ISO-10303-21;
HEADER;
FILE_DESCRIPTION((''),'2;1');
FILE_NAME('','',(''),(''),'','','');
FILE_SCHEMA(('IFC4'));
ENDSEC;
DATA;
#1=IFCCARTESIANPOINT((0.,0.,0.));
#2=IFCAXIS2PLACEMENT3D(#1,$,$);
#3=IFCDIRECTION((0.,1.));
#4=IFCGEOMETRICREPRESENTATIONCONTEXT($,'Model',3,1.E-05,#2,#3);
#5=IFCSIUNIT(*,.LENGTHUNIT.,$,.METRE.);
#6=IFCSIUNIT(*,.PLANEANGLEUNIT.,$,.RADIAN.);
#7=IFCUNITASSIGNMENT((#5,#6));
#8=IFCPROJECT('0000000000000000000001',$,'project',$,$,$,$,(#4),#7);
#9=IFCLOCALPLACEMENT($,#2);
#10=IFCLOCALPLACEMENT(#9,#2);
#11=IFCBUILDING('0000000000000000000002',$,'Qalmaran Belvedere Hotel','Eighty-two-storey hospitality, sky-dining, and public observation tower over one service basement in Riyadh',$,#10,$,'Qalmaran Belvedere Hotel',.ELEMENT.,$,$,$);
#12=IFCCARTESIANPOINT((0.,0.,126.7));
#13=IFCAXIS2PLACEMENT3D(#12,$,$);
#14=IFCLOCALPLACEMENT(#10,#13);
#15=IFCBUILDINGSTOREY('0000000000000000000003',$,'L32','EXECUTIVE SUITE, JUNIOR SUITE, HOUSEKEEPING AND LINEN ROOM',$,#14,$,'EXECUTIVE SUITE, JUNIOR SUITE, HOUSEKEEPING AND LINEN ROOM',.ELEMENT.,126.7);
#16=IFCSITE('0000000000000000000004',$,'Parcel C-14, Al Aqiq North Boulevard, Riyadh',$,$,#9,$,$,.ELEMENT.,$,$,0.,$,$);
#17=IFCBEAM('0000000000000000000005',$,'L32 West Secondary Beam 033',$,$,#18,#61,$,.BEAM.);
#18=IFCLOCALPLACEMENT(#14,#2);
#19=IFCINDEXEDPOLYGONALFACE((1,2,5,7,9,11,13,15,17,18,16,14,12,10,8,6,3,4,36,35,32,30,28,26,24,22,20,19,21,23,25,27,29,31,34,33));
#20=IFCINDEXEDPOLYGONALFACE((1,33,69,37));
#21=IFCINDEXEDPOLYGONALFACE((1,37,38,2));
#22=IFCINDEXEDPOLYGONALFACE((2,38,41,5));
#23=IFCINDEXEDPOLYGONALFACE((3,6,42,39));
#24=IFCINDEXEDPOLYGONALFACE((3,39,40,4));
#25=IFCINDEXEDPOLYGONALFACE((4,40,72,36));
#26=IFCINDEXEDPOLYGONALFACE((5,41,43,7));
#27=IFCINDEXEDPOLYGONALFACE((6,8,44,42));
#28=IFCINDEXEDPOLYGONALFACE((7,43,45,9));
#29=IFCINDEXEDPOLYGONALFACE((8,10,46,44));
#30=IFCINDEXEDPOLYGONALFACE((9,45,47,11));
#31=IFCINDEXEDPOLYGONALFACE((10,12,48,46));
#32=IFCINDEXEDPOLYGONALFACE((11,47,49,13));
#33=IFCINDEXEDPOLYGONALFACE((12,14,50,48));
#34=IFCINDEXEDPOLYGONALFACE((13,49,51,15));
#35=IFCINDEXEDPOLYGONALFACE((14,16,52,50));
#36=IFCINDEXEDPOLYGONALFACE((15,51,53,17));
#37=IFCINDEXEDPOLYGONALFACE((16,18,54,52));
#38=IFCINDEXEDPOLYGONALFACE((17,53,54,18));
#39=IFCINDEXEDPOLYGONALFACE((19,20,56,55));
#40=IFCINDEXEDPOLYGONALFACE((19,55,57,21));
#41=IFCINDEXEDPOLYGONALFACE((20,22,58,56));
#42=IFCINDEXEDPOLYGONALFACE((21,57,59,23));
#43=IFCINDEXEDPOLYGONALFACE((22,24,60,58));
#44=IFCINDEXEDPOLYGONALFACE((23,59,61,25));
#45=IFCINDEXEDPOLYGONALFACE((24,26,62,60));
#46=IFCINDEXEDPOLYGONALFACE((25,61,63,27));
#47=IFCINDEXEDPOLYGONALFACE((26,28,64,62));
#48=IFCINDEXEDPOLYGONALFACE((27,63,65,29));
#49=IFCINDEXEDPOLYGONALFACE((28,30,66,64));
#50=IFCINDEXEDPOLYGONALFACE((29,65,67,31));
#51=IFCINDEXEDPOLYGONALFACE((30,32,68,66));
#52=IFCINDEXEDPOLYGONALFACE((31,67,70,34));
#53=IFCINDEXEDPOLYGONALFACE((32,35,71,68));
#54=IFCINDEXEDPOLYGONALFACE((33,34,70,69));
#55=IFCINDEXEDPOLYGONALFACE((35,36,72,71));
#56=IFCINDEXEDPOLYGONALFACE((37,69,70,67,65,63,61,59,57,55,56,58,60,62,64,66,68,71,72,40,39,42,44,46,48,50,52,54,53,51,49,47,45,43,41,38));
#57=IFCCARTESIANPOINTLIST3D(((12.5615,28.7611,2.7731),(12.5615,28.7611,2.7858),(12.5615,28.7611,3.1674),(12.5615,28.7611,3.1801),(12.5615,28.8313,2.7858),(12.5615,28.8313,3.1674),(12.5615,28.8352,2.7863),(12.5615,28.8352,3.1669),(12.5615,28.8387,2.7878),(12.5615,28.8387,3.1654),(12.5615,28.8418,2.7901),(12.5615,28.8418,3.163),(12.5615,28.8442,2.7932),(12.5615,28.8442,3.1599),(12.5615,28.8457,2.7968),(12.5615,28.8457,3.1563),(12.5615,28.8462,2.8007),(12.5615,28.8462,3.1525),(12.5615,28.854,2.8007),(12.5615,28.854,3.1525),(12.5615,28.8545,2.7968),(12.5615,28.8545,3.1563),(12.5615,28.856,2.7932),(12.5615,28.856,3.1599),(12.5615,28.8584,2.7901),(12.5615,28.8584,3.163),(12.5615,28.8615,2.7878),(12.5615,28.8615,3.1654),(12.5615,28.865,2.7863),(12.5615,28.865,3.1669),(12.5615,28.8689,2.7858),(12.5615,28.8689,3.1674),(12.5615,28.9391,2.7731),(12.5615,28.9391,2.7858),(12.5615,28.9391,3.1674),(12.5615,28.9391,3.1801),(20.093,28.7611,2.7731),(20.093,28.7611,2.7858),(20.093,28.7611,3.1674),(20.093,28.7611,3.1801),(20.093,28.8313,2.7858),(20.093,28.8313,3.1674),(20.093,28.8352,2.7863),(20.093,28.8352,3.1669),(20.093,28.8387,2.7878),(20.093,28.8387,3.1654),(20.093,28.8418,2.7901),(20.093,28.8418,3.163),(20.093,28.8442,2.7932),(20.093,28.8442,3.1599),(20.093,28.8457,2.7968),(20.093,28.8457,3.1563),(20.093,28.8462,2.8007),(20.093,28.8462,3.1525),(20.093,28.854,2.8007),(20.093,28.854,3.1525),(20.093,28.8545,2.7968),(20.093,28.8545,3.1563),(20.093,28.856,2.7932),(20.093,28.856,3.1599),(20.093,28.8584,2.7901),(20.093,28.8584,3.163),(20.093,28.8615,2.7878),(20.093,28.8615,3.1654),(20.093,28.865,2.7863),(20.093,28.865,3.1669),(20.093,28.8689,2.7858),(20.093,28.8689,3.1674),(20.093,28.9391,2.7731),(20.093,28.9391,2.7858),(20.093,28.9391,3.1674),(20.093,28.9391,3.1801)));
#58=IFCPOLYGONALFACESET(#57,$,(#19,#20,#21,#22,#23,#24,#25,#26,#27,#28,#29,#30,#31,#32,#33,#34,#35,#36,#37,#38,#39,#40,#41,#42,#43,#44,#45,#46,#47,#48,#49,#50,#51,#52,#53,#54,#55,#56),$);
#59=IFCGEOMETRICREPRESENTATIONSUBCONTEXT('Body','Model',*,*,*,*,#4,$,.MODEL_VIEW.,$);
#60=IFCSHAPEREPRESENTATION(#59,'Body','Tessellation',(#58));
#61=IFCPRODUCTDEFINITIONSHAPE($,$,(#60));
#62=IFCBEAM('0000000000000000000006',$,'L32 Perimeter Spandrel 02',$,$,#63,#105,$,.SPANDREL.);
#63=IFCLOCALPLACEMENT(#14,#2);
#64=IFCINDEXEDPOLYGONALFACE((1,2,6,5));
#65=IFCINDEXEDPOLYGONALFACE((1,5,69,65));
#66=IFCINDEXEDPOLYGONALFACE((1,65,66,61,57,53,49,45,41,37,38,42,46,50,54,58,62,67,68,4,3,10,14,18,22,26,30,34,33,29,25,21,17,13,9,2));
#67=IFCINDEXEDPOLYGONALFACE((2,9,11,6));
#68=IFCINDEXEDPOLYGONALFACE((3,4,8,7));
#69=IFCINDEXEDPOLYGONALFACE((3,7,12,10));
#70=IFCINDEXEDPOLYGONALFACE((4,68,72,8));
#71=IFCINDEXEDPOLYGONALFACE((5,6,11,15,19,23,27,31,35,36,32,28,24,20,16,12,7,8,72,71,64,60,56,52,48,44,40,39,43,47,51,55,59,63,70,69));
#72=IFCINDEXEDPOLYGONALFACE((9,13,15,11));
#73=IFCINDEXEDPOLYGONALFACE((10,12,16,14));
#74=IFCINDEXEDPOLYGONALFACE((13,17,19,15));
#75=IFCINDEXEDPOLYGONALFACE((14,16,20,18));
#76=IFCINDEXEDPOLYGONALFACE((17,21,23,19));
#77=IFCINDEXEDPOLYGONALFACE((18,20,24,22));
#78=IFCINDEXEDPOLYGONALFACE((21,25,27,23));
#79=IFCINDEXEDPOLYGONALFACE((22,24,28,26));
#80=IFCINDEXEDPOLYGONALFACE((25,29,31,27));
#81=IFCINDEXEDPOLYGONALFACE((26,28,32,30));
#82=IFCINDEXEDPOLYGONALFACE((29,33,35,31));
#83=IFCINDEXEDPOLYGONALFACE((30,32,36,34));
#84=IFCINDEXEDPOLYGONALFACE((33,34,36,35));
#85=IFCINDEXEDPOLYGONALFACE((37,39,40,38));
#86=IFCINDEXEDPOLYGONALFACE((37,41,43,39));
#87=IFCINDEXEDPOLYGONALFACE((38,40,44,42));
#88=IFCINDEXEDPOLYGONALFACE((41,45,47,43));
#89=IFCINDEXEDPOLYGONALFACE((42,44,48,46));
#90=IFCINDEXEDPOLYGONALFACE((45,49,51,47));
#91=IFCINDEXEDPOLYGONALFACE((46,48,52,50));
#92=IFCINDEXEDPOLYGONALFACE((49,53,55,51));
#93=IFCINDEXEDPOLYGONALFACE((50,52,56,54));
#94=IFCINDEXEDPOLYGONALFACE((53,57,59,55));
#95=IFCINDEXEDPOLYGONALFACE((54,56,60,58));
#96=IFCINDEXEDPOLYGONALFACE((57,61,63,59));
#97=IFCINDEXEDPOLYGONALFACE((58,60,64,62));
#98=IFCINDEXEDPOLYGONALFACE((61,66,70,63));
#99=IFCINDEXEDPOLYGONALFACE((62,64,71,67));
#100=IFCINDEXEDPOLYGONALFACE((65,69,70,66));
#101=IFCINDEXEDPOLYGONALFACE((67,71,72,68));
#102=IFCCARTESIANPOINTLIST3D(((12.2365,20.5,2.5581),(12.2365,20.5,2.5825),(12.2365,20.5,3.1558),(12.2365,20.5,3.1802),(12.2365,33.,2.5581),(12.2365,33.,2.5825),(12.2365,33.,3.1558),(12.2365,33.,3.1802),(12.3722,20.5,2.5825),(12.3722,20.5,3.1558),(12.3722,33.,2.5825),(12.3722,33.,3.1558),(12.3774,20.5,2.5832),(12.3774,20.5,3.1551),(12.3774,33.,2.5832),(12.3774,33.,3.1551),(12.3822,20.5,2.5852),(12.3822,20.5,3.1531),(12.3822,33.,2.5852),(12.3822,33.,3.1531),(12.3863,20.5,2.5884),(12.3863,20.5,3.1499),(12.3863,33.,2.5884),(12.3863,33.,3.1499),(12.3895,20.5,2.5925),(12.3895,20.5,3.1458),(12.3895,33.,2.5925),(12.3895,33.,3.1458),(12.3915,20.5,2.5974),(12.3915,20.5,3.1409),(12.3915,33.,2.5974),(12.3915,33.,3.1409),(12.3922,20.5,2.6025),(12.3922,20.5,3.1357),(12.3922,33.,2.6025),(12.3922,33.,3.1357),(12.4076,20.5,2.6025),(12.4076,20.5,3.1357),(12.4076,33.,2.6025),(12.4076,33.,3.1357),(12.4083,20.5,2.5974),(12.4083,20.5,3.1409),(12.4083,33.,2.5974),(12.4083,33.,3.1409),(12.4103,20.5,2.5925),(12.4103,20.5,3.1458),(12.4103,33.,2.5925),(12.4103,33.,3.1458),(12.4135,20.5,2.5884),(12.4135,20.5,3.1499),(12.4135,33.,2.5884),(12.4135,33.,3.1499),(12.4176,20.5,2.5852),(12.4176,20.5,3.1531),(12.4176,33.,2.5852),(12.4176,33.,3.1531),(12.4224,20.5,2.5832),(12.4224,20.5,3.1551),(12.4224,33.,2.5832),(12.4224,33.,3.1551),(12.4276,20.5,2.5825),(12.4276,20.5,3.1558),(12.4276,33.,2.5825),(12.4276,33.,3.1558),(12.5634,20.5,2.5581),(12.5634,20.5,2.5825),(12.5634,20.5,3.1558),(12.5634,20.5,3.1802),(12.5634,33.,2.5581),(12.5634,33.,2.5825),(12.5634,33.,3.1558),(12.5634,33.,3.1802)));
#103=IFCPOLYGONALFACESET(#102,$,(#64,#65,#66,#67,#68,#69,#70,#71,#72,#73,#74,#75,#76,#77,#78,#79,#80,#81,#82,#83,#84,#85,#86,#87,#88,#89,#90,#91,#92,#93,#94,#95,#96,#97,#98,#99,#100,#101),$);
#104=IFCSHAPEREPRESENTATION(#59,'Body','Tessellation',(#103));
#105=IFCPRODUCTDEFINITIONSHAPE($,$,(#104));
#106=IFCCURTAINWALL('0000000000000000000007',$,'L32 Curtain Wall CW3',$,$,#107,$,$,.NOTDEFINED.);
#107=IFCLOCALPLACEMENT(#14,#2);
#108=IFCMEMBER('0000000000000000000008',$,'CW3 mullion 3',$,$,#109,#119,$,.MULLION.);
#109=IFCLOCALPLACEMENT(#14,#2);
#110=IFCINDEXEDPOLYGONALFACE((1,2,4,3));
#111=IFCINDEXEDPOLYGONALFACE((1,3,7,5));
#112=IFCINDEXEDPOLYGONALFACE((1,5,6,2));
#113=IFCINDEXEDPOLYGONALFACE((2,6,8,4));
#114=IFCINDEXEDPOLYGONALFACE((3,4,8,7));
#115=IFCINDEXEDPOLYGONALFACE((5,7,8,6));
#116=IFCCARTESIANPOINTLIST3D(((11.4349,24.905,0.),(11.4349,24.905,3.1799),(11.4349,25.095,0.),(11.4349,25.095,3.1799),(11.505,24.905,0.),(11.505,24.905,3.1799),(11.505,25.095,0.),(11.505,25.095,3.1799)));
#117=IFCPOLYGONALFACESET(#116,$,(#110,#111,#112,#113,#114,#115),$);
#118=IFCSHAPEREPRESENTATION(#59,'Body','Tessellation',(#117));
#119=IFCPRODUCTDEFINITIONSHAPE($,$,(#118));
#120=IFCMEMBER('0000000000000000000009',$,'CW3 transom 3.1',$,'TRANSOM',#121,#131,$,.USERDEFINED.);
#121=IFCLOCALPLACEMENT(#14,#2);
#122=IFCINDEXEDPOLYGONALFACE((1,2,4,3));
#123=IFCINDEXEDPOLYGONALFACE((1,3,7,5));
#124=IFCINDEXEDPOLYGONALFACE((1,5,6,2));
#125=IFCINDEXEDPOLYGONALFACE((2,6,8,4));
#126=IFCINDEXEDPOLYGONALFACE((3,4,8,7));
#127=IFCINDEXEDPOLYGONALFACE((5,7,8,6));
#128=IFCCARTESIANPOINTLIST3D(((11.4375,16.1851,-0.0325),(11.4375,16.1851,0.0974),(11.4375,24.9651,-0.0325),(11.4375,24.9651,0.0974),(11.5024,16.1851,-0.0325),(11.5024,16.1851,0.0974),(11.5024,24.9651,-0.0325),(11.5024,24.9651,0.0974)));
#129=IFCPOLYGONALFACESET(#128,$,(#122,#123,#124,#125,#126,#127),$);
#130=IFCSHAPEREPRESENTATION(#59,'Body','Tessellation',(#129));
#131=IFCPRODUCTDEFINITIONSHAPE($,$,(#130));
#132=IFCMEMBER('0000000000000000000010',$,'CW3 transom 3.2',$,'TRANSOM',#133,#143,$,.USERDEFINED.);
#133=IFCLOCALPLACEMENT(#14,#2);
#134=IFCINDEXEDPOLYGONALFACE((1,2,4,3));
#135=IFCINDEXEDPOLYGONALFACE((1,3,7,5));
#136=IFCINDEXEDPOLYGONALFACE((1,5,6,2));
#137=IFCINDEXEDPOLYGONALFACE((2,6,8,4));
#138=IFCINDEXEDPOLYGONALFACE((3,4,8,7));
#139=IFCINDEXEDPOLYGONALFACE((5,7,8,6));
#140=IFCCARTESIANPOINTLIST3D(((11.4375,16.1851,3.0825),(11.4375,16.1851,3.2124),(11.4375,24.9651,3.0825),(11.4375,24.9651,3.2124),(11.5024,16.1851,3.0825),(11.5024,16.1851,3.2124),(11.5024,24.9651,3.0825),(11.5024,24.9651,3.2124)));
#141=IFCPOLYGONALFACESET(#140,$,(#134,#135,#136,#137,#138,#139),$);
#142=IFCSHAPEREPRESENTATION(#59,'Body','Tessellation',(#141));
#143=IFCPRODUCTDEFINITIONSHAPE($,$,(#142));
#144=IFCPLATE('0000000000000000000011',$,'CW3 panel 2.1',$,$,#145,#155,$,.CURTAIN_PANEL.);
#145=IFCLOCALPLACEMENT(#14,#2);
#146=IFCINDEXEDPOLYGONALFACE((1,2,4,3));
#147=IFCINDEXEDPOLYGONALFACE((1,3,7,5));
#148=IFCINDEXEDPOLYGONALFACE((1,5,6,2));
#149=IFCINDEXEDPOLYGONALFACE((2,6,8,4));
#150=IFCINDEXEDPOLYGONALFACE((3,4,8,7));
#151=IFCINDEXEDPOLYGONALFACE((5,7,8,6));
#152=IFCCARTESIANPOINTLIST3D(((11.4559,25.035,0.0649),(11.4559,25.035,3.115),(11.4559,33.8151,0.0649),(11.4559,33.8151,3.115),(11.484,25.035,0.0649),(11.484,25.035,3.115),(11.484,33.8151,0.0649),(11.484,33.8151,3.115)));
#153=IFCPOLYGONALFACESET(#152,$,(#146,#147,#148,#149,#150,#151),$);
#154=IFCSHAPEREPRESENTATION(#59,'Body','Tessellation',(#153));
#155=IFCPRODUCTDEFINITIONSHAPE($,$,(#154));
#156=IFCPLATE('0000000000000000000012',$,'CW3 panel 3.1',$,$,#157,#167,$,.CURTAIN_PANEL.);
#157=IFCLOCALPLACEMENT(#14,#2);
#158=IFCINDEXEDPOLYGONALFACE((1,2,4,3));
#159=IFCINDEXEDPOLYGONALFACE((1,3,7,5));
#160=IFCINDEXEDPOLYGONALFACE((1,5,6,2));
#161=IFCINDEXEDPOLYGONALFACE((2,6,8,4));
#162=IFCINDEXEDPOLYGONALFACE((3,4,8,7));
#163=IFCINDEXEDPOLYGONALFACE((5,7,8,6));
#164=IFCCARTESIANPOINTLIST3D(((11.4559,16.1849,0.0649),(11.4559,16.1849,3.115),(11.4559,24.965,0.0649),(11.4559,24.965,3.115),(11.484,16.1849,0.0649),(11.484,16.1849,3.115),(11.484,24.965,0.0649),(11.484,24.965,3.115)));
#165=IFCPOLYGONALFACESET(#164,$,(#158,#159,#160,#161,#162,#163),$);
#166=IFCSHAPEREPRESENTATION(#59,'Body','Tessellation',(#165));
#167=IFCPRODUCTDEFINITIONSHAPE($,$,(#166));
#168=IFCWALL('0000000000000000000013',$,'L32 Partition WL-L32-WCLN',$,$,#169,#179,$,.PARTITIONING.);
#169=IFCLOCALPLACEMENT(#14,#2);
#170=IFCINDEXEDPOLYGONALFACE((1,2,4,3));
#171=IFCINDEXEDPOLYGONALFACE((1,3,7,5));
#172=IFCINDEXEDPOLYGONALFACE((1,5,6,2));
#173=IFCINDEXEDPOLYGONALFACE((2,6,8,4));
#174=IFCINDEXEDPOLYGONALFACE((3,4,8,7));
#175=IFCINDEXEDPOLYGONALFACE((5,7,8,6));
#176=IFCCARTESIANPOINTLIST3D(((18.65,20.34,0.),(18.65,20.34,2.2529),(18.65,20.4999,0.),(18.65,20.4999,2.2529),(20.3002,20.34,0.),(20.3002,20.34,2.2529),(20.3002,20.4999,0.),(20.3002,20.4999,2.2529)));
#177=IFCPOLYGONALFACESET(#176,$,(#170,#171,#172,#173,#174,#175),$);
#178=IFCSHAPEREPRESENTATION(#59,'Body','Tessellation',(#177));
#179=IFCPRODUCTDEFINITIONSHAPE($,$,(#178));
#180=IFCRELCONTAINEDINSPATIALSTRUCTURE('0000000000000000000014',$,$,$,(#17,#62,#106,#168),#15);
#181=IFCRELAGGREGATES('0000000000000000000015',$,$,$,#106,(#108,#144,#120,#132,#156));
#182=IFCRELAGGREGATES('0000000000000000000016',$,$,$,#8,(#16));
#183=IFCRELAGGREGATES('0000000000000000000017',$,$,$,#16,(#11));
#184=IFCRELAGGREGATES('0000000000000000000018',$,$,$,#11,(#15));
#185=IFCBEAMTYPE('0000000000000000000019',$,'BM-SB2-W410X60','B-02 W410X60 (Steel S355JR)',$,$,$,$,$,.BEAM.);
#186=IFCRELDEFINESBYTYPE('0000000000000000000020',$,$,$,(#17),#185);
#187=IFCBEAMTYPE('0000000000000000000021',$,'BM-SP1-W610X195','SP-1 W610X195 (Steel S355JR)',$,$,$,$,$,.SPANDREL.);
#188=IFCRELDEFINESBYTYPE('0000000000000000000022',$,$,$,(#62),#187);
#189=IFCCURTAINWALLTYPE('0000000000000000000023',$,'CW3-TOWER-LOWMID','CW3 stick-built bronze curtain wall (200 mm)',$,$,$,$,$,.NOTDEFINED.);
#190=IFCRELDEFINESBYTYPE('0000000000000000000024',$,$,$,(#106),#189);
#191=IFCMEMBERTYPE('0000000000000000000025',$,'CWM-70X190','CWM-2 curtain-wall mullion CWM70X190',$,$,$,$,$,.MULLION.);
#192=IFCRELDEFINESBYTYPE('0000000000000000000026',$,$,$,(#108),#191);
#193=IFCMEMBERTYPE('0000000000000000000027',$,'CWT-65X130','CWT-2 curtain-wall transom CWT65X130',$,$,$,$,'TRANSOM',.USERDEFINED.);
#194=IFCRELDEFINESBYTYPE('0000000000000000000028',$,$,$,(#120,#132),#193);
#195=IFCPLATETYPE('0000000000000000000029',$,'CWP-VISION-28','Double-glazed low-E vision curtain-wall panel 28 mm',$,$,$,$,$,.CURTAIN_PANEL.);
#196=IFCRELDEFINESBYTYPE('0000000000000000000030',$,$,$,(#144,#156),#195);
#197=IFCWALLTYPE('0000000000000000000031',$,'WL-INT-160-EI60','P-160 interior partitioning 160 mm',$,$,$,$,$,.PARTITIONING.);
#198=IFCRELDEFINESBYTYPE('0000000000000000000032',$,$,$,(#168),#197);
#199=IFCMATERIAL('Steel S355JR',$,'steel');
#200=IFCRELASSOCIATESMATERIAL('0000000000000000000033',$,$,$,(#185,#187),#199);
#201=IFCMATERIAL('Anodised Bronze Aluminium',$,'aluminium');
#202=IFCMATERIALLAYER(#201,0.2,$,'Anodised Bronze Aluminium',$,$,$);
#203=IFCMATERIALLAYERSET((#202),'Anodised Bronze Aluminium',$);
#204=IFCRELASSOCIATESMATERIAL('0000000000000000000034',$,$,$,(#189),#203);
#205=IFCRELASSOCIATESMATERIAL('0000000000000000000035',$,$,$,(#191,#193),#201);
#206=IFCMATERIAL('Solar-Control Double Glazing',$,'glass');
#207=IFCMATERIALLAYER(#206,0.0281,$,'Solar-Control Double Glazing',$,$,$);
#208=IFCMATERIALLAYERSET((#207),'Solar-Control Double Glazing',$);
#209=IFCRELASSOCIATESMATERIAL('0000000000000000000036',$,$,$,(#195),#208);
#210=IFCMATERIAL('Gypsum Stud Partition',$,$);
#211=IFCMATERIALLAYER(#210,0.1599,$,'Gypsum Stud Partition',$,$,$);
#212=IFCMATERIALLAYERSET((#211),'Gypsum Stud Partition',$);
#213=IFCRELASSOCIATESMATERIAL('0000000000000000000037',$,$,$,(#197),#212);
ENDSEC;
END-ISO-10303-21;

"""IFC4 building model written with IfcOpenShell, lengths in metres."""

from ifc_helpers import new_model, si_unit, direction, frame, frame_2d, origin, origin_2d, place, context, subcontext, project, spatial, rectangle, i_section, extrude, material, layer, layer_set, material_profile, profile_set, type_object, element, aggregate, save


model = new_model("IFC4")

# Units and contexts
model_context = context("Model", 3, precision=1e-05, world=origin(), true_north=direction((0.0, 1.0)))
body_context = subcontext(model_context, "Body", "Model", "MODEL_VIEW")
ifc_project = project(units=[si_unit("LENGTHUNIT", "METRE"), si_unit("PLANEANGLEUNIT", "RADIAN")], contexts=[model_context])

# Site, building, storey
site_placement = place(None, origin())
site = spatial("IfcSite", under=ifc_project, at=site_placement, Name="Parcel C-14, Al Aqiq North Boulevard, Riyadh", CompositionType="ELEMENT", RefElevation=0.0)
building_placement = place(site_placement, origin())
building = spatial("IfcBuilding", under=site, at=building_placement, Name="Qalmaran Belvedere Hotel", Description="Eighty-two-storey hospitality, sky-dining, and public observation tower over one service basement in Riyadh", LongName="Qalmaran Belvedere Hotel", CompositionType="ELEMENT")
storey_placement = place(building_placement, frame((0.0, 0.0, 126.7)))
storey = spatial("IfcBuildingStorey", under=building, at=storey_placement, Name="L32", Description="EXECUTIVE SUITE, JUNIOR SUITE, HOUSEKEEPING AND LINEN ROOM", LongName="EXECUTIVE SUITE, JUNIOR SUITE, HOUSEKEEPING AND LINEN ROOM", CompositionType="ELEMENT", Elevation=126.7)

# Beams
ifc_material_1 = material(Name="Steel S355JR", Category="steel")
ifc_material_profile_1 = material_profile(ifc_material_1, i_section(OverallWidth=0.178, OverallDepth=0.407, WebThickness=0.0078, FlangeThickness=0.0127, FilletRadius=0.0149, at=origin_2d()), Name="W410X60")
ifc_profile_set_1 = profile_set([ifc_material_profile_1], Name="Steel S355JR")
beam_type_1 = type_object("IfcBeamType", Name="BM-SB2-W410X60", Description="B-02 W410X60 (Steel S355JR)", PredefinedType="BEAM", material=ifc_profile_set_1)
for number, where, z_axis, x_axis, name in (
    (1, (12.5615, 28.8501, 2.9766), (1.0, 0.0, 0.0), (0.0, 1.0, 0.0), "L32 West Secondary Beam 033"),
):
    element("IfcBeam", number, at=place(storey_placement, frame(where, z_axis=z_axis, x_axis=x_axis)), inside=storey, type_object=beam_type_1, Name=name, PredefinedType="BEAM", context=body_context, shape_type="SweptSolid", body=[
        extrude(i_section(OverallWidth=0.178, OverallDepth=0.407, WebThickness=0.0078, FlangeThickness=0.0127, FilletRadius=0.0149, at=origin_2d()), origin(), (0.0, 0.0, 1.0), 7.5315),
    ])
ifc_material_profile_2 = material_profile(ifc_material_1, i_section(OverallWidth=0.3269, OverallDepth=0.6221, WebThickness=0.0154, FlangeThickness=0.0244, FilletRadius=0.02, at=origin_2d()), Name="W610X195")
ifc_profile_set_2 = profile_set([ifc_material_profile_2], Name="Steel S355JR")
beam_type_2 = type_object("IfcBeamType", Name="BM-SP1-W610X195", Description="SP-1 W610X195 (Steel S355JR)", PredefinedType="SPANDREL", material=ifc_profile_set_2)
beam_placement = place(storey_placement, frame((12.3999, 20.5, 2.8691), z_axis=(0.0, 1.0, 0.0), x_axis=(-1.0, 0.0, 0.0)))
element("IfcBeam", 2, at=beam_placement, inside=storey, type_object=beam_type_2, Name="L32 Perimeter Spandrel 02", PredefinedType="SPANDREL", context=body_context, shape_type="SweptSolid", body=[
    extrude(i_section(OverallWidth=0.3269, OverallDepth=0.6221, WebThickness=0.0154, FlangeThickness=0.0244, FilletRadius=0.02, at=origin_2d()), origin(), (0.0, 0.0, 1.0), 12.5),
])

# Curtain wall, members, plates
ifc_material_2 = material(Name="Anodised Bronze Aluminium", Category="aluminium")
ifc_layer_1 = layer(ifc_material_2, 0.2, Name="Anodised Bronze Aluminium")
ifc_layer_set_1 = layer_set([ifc_layer_1], Name="Anodised Bronze Aluminium")
curtain_wall_type = type_object("IfcCurtainWallType", Name="CW3-TOWER-LOWMID", Description="CW3 stick-built bronze curtain wall (200 mm)", PredefinedType="NOTDEFINED", material=ifc_layer_set_1)
curtain_wall_placement = place(storey_placement, origin())
curtain_wall = element("IfcCurtainWall", 3, at=curtain_wall_placement, inside=storey, type_object=curtain_wall_type, Name="L32 Curtain Wall CW3", PredefinedType="NOTDEFINED")
ifc_material_profile_3 = material_profile(ifc_material_2, rectangle(XDim=0.0701, YDim=0.1899, at=origin_2d()), Name="CWM70X190")
ifc_profile_set_3 = profile_set([ifc_material_profile_3], Name="Anodised Bronze Aluminium")
member_type_1 = type_object("IfcMemberType", Name="CWM-70X190", Description="CWM-2 curtain-wall mullion CWM70X190", PredefinedType="MULLION", material=ifc_profile_set_3)
member_1_placement = place(storey_placement, frame((11.47, 25.0, 0.0), z_axis=(0.0, 0.0, 1.0), x_axis=(1.0, 0.0, 0.0)))
member_1 = element("IfcMember", 4, at=member_1_placement, type_object=member_type_1, Name="CW3 mullion 3", PredefinedType="MULLION", context=body_context, shape_type="SweptSolid", body=[
    extrude(rectangle(XDim=0.0701, YDim=0.1899, at=origin_2d()), origin(), (0.0, 0.0, 1.0), 3.1799),
])
ifc_material_profile_4 = material_profile(ifc_material_2, rectangle(XDim=0.0649, YDim=0.1299, at=origin_2d()), Name="CWT65X130")
ifc_profile_set_4 = profile_set([ifc_material_profile_4], Name="Anodised Bronze Aluminium")
member_type_2 = type_object("IfcMemberType", Name="CWT-65X130", Description="CWT-2 curtain-wall transom CWT65X130", ElementType="TRANSOM", PredefinedType="USERDEFINED", material=ifc_profile_set_4)
member_2_placement = place(storey_placement, frame((11.47, 24.9651, 0.0325), z_axis=(0.0, -1.0, 0.0), x_axis=(1.0, 0.0, 0.0)))
member_2 = element("IfcMember", 5, at=member_2_placement, type_object=member_type_2, Name="CW3 transom 3.1", ObjectType="TRANSOM", PredefinedType="USERDEFINED", context=body_context, shape_type="SweptSolid", body=[
    extrude(rectangle(XDim=0.0649, YDim=0.1299, at=origin_2d()), origin(), (0.0, 0.0, 1.0), 8.78),
])
member_3_placement = place(storey_placement, frame((11.47, 24.9651, 3.1475), z_axis=(0.0, -1.0, 0.0), x_axis=(1.0, 0.0, 0.0)))
member_3 = element("IfcMember", 6, at=member_3_placement, type_object=member_type_2, Name="CW3 transom 3.2", ObjectType="TRANSOM", PredefinedType="USERDEFINED", context=body_context, shape_type="SweptSolid", body=[
    extrude(rectangle(XDim=0.0649, YDim=0.1299, at=origin_2d()), origin(), (0.0, 0.0, 1.0), 8.78),
])
ifc_material_3 = material(Name="Solar-Control Double Glazing", Category="glass")
ifc_layer_2 = layer(ifc_material_3, 0.0281, Name="Solar-Control Double Glazing")
ifc_layer_set_2 = layer_set([ifc_layer_2], Name="Solar-Control Double Glazing")
plate_type = type_object("IfcPlateType", Name="CWP-VISION-28", Description="Double-glazed low-E vision curtain-wall panel 28 mm", PredefinedType="CURTAIN_PANEL", material=ifc_layer_set_2)
plate_1_placement = place(storey_placement, frame((11.47, 29.425, 0.0649), z_axis=(0.0, 0.0, 1.0), x_axis=(0.0, -1.0, 0.0)))
plate_1 = element("IfcPlate", 7, at=plate_1_placement, type_object=plate_type, Name="CW3 panel 2.1", PredefinedType="CURTAIN_PANEL", context=body_context, shape_type="SweptSolid", body=[
    extrude(rectangle(XDim=8.78, YDim=0.0281, at=origin_2d()), origin(), (0.0, 0.0, 1.0), 3.05),
])
plate_2_placement = place(storey_placement, frame((11.47, 20.575, 0.0649), z_axis=(0.0, 0.0, 1.0), x_axis=(0.0, -1.0, 0.0)))
plate_2 = element("IfcPlate", 8, at=plate_2_placement, type_object=plate_type, Name="CW3 panel 3.1", PredefinedType="CURTAIN_PANEL", context=body_context, shape_type="SweptSolid", body=[
    extrude(rectangle(XDim=8.78, YDim=0.0281, at=origin_2d()), origin(), (0.0, 0.0, 1.0), 3.05),
])
aggregate(curtain_wall, [member_1, plate_1, member_2, member_3, plate_2])

# Shared definitions
ifc_material_4 = material(Name="Gypsum Stud Partition")

# Wall
ifc_layer_3 = layer(ifc_material_4, 0.1599, Name="Gypsum Stud Partition")
ifc_layer_set_3 = layer_set([ifc_layer_3], Name="Gypsum Stud Partition")
wall_type_1 = type_object("IfcWallType", Name="WL-INT-160-EI60", Description="P-160 interior partitioning 160 mm", PredefinedType="PARTITIONING", material=ifc_layer_set_3)
wall_1_placement = place(storey_placement, frame((18.6499, 20.4199, 0.0), z_axis=(0.0, 0.0, 1.0), x_axis=(1.0, 0.0, 0.0)))
element("IfcWall", 9, at=wall_1_placement, inside=storey, type_object=wall_type_1, Name="L32 Partition WL-L32-WCLN", PredefinedType="PARTITIONING", context=body_context, shape_type="SweptSolid", body=[
    extrude(rectangle(XDim=1.6501, YDim=0.1599, at=frame_2d((0.8252, 0.0))), origin(), (0.0, 0.0, 1.0), 2.2529),
])

save(model, "model.ifc")
